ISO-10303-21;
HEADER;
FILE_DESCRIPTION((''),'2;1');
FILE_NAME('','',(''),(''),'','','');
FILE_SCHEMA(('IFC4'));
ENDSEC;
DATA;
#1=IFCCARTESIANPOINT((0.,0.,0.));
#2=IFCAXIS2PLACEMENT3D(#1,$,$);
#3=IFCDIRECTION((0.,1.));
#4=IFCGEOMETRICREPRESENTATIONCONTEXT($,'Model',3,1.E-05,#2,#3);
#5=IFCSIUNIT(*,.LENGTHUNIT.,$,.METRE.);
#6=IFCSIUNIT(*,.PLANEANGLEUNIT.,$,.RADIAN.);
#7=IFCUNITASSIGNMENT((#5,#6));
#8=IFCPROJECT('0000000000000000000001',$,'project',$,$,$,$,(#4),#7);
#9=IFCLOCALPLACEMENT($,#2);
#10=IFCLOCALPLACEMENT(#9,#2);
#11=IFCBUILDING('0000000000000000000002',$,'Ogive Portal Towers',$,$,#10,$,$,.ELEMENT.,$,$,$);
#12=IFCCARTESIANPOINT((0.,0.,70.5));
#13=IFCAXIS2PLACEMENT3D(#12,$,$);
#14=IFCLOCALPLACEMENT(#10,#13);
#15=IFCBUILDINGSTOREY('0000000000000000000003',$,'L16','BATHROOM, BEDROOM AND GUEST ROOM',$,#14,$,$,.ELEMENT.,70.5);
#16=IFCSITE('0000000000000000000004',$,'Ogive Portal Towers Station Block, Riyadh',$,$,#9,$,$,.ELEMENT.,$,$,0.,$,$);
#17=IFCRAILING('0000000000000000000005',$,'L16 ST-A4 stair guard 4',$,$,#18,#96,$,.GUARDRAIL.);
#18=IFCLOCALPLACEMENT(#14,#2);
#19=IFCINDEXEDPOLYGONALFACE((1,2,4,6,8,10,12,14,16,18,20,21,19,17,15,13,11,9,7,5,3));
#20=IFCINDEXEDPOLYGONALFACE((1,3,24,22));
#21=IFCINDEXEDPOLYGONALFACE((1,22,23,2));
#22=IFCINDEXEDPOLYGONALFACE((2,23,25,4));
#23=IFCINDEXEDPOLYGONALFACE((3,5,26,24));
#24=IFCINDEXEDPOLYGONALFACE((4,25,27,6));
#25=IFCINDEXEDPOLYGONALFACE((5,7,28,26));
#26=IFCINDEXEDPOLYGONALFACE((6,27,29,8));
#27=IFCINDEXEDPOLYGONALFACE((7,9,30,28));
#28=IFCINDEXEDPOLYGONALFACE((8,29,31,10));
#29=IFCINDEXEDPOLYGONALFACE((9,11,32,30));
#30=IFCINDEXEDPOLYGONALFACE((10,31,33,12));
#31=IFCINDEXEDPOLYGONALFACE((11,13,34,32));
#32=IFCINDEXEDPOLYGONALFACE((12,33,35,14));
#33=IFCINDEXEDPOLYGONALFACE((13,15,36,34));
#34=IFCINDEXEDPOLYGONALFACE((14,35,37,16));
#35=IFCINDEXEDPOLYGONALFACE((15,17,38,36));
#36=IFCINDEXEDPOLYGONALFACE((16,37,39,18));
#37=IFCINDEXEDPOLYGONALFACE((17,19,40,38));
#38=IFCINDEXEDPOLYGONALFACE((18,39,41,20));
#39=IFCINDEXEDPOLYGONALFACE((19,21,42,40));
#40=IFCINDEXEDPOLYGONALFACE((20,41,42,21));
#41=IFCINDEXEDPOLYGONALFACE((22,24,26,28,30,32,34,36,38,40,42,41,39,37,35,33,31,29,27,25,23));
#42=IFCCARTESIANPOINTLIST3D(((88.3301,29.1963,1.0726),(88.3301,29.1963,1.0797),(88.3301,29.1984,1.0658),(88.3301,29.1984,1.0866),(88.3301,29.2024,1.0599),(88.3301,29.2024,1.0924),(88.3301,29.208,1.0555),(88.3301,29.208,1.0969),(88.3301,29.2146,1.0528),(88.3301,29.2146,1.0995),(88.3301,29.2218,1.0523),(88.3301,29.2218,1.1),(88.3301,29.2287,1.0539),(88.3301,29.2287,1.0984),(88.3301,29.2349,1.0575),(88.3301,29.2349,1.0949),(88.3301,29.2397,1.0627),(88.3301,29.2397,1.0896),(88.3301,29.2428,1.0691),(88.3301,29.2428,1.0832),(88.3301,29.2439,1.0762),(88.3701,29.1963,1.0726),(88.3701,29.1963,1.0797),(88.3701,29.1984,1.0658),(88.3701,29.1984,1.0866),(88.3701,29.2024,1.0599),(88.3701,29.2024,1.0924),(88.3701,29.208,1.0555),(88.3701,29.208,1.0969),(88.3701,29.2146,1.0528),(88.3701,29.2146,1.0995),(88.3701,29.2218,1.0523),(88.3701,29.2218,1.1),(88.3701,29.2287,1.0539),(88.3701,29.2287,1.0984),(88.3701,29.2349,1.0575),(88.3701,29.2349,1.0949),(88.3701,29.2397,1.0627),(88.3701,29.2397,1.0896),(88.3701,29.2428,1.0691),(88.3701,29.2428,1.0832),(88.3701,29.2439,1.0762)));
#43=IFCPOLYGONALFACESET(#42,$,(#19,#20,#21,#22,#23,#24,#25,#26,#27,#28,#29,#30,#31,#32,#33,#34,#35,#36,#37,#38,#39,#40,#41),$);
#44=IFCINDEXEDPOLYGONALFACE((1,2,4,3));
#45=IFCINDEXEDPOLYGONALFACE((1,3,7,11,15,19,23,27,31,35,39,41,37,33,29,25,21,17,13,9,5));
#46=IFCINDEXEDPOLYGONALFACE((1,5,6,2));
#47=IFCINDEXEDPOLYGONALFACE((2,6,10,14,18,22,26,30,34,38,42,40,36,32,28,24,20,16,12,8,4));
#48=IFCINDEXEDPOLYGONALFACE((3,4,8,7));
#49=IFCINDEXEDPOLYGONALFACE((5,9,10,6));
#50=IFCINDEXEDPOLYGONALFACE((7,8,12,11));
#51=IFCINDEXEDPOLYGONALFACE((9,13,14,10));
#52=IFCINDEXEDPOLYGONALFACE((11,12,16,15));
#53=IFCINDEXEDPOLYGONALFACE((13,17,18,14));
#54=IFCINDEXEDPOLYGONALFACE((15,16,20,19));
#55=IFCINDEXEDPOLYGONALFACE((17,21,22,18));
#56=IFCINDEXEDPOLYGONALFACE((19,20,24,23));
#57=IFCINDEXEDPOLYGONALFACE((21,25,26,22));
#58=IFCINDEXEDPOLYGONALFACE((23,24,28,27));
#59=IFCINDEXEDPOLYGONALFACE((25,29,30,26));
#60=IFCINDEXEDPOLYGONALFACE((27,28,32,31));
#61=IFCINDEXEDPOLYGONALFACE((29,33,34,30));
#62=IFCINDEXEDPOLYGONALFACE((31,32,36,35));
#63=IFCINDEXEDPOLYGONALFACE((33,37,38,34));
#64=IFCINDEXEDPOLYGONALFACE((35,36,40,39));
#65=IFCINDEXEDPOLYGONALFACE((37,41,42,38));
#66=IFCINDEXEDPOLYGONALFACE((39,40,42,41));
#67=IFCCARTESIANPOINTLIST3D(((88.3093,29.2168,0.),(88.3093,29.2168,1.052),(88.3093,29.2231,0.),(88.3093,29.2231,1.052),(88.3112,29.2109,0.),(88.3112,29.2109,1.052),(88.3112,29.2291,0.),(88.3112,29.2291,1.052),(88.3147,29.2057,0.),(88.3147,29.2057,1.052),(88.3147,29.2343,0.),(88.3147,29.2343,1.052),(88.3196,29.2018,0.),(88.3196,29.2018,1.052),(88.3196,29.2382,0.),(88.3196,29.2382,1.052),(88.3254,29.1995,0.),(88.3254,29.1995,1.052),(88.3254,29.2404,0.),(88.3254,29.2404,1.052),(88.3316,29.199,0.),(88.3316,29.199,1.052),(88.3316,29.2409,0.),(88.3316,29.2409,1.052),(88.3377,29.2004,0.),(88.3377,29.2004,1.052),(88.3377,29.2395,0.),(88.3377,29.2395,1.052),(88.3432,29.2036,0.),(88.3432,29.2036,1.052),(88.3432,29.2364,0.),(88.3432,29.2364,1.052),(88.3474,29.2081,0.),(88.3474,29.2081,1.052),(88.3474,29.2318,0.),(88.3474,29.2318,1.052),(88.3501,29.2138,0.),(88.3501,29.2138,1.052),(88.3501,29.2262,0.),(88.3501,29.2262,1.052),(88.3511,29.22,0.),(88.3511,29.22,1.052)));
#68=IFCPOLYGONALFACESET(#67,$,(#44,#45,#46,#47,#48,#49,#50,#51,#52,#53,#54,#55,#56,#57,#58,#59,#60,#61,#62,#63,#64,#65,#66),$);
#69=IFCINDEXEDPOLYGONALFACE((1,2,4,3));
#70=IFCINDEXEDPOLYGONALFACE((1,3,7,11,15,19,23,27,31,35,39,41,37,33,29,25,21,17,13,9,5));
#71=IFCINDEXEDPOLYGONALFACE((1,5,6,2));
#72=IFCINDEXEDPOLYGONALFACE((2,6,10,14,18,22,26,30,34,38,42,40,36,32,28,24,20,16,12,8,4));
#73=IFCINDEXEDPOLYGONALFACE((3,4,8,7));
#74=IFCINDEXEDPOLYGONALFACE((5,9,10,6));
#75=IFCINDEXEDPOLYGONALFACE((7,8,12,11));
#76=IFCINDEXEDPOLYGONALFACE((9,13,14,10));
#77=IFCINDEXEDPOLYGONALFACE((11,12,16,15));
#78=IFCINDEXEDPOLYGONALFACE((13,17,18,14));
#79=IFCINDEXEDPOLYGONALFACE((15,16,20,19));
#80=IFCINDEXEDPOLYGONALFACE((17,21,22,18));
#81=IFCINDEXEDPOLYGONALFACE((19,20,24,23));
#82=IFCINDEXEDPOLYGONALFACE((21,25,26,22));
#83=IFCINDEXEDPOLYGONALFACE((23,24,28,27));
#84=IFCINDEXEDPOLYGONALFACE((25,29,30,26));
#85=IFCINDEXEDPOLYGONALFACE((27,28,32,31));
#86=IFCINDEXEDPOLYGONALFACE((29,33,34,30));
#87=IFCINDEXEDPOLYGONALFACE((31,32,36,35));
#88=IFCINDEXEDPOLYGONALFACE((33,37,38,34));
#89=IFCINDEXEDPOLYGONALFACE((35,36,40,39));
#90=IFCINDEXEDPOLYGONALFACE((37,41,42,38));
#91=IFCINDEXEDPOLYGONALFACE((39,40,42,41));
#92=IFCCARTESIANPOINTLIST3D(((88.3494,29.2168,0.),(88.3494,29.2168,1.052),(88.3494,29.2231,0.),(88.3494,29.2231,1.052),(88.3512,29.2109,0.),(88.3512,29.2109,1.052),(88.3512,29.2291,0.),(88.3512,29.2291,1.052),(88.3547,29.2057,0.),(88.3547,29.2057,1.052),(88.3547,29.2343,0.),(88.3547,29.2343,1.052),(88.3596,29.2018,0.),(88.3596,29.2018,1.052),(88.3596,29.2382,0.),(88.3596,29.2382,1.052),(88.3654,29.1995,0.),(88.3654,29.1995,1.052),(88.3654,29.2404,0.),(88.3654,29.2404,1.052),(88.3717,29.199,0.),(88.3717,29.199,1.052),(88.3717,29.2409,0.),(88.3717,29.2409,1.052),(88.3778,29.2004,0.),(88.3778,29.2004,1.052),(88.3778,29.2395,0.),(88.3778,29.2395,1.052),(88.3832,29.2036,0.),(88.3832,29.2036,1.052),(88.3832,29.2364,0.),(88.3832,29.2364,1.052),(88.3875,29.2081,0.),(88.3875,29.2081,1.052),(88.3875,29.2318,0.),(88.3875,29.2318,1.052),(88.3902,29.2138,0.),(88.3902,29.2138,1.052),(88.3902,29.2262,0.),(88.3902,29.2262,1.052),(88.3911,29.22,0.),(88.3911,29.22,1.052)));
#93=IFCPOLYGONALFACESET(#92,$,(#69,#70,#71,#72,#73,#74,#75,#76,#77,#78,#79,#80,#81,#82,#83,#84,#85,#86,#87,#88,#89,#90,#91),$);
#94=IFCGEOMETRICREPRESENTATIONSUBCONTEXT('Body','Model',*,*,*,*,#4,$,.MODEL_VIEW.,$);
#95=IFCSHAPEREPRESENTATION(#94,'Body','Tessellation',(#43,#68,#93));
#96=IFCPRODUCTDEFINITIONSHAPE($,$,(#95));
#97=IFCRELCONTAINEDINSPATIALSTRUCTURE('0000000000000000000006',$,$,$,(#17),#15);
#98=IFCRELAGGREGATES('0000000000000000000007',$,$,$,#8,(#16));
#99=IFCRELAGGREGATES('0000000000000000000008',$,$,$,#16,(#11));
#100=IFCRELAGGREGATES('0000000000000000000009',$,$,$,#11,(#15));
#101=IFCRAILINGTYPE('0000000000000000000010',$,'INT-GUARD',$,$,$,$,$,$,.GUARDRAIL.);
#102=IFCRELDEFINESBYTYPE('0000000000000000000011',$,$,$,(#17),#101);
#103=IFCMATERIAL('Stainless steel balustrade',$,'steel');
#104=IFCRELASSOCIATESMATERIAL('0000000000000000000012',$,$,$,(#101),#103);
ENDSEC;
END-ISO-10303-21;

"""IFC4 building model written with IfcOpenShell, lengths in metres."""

from ifc_helpers import new_model, si_unit, direction, frame, origin, origin_2d, place, context, subcontext, project, spatial, circle, extrude, material, type_object, element, save


model = new_model("IFC4")

# Units and contexts
model_context = context("Model", 3, precision=1e-05, world=origin(), true_north=direction((0.0, 1.0)))
body_context = subcontext(model_context, "Body", "Model", "MODEL_VIEW")
ifc_project = project(units=[si_unit("LENGTHUNIT", "METRE"), si_unit("PLANEANGLEUNIT", "RADIAN")], contexts=[model_context])

# Site, building, storey
site_placement = place(None, origin())
site = spatial("IfcSite", under=ifc_project, at=site_placement, Name="Ogive Portal Towers Station Block, Riyadh", CompositionType="ELEMENT", RefElevation=0.0)
building_placement = place(site_placement, origin())
building = spatial("IfcBuilding", under=site, at=building_placement, Name="Ogive Portal Towers", CompositionType="ELEMENT")
storey_placement = place(building_placement, frame((0.0, 0.0, 70.5)))
storey = spatial("IfcBuildingStorey", under=building, at=storey_placement, Name="L16", Description="BATHROOM, BEDROOM AND GUEST ROOM", CompositionType="ELEMENT", Elevation=70.5)

# Railing
ifc_material_1 = material(Name="Stainless steel balustrade", Category="steel")
railing_type_1 = type_object("IfcRailingType", Name="INT-GUARD", PredefinedType="GUARDRAIL", material=ifc_material_1)
railing_1_placement = place(storey_placement, frame((88.3301, 29.22, 0.0)))
element("IfcRailing", 1, at=railing_1_placement, inside=storey, type_object=railing_type_1, Name="L16 ST-A4 stair guard 4", PredefinedType="GUARDRAIL", context=body_context, shape_type="SweptSolid", body=[
    extrude(circle(Radius=0.0239, at=origin_2d()), frame((0.0, 0.0, 1.0762), z_axis=(1.0, 0.0, 0.0), x_axis=(0.0, 1.0, 0.0)), (0.0, 0.0, 1.0), 0.04),
    extrude(circle(Radius=0.021, at=origin_2d()), origin(), (0.0, 0.0, 1.0), 1.052),
    extrude(circle(Radius=0.021, at=origin_2d()), frame((0.04, 0.0, 0.0)), (0.0, 0.0, 1.0), 1.052),
])

save(model, "model.ifc")
